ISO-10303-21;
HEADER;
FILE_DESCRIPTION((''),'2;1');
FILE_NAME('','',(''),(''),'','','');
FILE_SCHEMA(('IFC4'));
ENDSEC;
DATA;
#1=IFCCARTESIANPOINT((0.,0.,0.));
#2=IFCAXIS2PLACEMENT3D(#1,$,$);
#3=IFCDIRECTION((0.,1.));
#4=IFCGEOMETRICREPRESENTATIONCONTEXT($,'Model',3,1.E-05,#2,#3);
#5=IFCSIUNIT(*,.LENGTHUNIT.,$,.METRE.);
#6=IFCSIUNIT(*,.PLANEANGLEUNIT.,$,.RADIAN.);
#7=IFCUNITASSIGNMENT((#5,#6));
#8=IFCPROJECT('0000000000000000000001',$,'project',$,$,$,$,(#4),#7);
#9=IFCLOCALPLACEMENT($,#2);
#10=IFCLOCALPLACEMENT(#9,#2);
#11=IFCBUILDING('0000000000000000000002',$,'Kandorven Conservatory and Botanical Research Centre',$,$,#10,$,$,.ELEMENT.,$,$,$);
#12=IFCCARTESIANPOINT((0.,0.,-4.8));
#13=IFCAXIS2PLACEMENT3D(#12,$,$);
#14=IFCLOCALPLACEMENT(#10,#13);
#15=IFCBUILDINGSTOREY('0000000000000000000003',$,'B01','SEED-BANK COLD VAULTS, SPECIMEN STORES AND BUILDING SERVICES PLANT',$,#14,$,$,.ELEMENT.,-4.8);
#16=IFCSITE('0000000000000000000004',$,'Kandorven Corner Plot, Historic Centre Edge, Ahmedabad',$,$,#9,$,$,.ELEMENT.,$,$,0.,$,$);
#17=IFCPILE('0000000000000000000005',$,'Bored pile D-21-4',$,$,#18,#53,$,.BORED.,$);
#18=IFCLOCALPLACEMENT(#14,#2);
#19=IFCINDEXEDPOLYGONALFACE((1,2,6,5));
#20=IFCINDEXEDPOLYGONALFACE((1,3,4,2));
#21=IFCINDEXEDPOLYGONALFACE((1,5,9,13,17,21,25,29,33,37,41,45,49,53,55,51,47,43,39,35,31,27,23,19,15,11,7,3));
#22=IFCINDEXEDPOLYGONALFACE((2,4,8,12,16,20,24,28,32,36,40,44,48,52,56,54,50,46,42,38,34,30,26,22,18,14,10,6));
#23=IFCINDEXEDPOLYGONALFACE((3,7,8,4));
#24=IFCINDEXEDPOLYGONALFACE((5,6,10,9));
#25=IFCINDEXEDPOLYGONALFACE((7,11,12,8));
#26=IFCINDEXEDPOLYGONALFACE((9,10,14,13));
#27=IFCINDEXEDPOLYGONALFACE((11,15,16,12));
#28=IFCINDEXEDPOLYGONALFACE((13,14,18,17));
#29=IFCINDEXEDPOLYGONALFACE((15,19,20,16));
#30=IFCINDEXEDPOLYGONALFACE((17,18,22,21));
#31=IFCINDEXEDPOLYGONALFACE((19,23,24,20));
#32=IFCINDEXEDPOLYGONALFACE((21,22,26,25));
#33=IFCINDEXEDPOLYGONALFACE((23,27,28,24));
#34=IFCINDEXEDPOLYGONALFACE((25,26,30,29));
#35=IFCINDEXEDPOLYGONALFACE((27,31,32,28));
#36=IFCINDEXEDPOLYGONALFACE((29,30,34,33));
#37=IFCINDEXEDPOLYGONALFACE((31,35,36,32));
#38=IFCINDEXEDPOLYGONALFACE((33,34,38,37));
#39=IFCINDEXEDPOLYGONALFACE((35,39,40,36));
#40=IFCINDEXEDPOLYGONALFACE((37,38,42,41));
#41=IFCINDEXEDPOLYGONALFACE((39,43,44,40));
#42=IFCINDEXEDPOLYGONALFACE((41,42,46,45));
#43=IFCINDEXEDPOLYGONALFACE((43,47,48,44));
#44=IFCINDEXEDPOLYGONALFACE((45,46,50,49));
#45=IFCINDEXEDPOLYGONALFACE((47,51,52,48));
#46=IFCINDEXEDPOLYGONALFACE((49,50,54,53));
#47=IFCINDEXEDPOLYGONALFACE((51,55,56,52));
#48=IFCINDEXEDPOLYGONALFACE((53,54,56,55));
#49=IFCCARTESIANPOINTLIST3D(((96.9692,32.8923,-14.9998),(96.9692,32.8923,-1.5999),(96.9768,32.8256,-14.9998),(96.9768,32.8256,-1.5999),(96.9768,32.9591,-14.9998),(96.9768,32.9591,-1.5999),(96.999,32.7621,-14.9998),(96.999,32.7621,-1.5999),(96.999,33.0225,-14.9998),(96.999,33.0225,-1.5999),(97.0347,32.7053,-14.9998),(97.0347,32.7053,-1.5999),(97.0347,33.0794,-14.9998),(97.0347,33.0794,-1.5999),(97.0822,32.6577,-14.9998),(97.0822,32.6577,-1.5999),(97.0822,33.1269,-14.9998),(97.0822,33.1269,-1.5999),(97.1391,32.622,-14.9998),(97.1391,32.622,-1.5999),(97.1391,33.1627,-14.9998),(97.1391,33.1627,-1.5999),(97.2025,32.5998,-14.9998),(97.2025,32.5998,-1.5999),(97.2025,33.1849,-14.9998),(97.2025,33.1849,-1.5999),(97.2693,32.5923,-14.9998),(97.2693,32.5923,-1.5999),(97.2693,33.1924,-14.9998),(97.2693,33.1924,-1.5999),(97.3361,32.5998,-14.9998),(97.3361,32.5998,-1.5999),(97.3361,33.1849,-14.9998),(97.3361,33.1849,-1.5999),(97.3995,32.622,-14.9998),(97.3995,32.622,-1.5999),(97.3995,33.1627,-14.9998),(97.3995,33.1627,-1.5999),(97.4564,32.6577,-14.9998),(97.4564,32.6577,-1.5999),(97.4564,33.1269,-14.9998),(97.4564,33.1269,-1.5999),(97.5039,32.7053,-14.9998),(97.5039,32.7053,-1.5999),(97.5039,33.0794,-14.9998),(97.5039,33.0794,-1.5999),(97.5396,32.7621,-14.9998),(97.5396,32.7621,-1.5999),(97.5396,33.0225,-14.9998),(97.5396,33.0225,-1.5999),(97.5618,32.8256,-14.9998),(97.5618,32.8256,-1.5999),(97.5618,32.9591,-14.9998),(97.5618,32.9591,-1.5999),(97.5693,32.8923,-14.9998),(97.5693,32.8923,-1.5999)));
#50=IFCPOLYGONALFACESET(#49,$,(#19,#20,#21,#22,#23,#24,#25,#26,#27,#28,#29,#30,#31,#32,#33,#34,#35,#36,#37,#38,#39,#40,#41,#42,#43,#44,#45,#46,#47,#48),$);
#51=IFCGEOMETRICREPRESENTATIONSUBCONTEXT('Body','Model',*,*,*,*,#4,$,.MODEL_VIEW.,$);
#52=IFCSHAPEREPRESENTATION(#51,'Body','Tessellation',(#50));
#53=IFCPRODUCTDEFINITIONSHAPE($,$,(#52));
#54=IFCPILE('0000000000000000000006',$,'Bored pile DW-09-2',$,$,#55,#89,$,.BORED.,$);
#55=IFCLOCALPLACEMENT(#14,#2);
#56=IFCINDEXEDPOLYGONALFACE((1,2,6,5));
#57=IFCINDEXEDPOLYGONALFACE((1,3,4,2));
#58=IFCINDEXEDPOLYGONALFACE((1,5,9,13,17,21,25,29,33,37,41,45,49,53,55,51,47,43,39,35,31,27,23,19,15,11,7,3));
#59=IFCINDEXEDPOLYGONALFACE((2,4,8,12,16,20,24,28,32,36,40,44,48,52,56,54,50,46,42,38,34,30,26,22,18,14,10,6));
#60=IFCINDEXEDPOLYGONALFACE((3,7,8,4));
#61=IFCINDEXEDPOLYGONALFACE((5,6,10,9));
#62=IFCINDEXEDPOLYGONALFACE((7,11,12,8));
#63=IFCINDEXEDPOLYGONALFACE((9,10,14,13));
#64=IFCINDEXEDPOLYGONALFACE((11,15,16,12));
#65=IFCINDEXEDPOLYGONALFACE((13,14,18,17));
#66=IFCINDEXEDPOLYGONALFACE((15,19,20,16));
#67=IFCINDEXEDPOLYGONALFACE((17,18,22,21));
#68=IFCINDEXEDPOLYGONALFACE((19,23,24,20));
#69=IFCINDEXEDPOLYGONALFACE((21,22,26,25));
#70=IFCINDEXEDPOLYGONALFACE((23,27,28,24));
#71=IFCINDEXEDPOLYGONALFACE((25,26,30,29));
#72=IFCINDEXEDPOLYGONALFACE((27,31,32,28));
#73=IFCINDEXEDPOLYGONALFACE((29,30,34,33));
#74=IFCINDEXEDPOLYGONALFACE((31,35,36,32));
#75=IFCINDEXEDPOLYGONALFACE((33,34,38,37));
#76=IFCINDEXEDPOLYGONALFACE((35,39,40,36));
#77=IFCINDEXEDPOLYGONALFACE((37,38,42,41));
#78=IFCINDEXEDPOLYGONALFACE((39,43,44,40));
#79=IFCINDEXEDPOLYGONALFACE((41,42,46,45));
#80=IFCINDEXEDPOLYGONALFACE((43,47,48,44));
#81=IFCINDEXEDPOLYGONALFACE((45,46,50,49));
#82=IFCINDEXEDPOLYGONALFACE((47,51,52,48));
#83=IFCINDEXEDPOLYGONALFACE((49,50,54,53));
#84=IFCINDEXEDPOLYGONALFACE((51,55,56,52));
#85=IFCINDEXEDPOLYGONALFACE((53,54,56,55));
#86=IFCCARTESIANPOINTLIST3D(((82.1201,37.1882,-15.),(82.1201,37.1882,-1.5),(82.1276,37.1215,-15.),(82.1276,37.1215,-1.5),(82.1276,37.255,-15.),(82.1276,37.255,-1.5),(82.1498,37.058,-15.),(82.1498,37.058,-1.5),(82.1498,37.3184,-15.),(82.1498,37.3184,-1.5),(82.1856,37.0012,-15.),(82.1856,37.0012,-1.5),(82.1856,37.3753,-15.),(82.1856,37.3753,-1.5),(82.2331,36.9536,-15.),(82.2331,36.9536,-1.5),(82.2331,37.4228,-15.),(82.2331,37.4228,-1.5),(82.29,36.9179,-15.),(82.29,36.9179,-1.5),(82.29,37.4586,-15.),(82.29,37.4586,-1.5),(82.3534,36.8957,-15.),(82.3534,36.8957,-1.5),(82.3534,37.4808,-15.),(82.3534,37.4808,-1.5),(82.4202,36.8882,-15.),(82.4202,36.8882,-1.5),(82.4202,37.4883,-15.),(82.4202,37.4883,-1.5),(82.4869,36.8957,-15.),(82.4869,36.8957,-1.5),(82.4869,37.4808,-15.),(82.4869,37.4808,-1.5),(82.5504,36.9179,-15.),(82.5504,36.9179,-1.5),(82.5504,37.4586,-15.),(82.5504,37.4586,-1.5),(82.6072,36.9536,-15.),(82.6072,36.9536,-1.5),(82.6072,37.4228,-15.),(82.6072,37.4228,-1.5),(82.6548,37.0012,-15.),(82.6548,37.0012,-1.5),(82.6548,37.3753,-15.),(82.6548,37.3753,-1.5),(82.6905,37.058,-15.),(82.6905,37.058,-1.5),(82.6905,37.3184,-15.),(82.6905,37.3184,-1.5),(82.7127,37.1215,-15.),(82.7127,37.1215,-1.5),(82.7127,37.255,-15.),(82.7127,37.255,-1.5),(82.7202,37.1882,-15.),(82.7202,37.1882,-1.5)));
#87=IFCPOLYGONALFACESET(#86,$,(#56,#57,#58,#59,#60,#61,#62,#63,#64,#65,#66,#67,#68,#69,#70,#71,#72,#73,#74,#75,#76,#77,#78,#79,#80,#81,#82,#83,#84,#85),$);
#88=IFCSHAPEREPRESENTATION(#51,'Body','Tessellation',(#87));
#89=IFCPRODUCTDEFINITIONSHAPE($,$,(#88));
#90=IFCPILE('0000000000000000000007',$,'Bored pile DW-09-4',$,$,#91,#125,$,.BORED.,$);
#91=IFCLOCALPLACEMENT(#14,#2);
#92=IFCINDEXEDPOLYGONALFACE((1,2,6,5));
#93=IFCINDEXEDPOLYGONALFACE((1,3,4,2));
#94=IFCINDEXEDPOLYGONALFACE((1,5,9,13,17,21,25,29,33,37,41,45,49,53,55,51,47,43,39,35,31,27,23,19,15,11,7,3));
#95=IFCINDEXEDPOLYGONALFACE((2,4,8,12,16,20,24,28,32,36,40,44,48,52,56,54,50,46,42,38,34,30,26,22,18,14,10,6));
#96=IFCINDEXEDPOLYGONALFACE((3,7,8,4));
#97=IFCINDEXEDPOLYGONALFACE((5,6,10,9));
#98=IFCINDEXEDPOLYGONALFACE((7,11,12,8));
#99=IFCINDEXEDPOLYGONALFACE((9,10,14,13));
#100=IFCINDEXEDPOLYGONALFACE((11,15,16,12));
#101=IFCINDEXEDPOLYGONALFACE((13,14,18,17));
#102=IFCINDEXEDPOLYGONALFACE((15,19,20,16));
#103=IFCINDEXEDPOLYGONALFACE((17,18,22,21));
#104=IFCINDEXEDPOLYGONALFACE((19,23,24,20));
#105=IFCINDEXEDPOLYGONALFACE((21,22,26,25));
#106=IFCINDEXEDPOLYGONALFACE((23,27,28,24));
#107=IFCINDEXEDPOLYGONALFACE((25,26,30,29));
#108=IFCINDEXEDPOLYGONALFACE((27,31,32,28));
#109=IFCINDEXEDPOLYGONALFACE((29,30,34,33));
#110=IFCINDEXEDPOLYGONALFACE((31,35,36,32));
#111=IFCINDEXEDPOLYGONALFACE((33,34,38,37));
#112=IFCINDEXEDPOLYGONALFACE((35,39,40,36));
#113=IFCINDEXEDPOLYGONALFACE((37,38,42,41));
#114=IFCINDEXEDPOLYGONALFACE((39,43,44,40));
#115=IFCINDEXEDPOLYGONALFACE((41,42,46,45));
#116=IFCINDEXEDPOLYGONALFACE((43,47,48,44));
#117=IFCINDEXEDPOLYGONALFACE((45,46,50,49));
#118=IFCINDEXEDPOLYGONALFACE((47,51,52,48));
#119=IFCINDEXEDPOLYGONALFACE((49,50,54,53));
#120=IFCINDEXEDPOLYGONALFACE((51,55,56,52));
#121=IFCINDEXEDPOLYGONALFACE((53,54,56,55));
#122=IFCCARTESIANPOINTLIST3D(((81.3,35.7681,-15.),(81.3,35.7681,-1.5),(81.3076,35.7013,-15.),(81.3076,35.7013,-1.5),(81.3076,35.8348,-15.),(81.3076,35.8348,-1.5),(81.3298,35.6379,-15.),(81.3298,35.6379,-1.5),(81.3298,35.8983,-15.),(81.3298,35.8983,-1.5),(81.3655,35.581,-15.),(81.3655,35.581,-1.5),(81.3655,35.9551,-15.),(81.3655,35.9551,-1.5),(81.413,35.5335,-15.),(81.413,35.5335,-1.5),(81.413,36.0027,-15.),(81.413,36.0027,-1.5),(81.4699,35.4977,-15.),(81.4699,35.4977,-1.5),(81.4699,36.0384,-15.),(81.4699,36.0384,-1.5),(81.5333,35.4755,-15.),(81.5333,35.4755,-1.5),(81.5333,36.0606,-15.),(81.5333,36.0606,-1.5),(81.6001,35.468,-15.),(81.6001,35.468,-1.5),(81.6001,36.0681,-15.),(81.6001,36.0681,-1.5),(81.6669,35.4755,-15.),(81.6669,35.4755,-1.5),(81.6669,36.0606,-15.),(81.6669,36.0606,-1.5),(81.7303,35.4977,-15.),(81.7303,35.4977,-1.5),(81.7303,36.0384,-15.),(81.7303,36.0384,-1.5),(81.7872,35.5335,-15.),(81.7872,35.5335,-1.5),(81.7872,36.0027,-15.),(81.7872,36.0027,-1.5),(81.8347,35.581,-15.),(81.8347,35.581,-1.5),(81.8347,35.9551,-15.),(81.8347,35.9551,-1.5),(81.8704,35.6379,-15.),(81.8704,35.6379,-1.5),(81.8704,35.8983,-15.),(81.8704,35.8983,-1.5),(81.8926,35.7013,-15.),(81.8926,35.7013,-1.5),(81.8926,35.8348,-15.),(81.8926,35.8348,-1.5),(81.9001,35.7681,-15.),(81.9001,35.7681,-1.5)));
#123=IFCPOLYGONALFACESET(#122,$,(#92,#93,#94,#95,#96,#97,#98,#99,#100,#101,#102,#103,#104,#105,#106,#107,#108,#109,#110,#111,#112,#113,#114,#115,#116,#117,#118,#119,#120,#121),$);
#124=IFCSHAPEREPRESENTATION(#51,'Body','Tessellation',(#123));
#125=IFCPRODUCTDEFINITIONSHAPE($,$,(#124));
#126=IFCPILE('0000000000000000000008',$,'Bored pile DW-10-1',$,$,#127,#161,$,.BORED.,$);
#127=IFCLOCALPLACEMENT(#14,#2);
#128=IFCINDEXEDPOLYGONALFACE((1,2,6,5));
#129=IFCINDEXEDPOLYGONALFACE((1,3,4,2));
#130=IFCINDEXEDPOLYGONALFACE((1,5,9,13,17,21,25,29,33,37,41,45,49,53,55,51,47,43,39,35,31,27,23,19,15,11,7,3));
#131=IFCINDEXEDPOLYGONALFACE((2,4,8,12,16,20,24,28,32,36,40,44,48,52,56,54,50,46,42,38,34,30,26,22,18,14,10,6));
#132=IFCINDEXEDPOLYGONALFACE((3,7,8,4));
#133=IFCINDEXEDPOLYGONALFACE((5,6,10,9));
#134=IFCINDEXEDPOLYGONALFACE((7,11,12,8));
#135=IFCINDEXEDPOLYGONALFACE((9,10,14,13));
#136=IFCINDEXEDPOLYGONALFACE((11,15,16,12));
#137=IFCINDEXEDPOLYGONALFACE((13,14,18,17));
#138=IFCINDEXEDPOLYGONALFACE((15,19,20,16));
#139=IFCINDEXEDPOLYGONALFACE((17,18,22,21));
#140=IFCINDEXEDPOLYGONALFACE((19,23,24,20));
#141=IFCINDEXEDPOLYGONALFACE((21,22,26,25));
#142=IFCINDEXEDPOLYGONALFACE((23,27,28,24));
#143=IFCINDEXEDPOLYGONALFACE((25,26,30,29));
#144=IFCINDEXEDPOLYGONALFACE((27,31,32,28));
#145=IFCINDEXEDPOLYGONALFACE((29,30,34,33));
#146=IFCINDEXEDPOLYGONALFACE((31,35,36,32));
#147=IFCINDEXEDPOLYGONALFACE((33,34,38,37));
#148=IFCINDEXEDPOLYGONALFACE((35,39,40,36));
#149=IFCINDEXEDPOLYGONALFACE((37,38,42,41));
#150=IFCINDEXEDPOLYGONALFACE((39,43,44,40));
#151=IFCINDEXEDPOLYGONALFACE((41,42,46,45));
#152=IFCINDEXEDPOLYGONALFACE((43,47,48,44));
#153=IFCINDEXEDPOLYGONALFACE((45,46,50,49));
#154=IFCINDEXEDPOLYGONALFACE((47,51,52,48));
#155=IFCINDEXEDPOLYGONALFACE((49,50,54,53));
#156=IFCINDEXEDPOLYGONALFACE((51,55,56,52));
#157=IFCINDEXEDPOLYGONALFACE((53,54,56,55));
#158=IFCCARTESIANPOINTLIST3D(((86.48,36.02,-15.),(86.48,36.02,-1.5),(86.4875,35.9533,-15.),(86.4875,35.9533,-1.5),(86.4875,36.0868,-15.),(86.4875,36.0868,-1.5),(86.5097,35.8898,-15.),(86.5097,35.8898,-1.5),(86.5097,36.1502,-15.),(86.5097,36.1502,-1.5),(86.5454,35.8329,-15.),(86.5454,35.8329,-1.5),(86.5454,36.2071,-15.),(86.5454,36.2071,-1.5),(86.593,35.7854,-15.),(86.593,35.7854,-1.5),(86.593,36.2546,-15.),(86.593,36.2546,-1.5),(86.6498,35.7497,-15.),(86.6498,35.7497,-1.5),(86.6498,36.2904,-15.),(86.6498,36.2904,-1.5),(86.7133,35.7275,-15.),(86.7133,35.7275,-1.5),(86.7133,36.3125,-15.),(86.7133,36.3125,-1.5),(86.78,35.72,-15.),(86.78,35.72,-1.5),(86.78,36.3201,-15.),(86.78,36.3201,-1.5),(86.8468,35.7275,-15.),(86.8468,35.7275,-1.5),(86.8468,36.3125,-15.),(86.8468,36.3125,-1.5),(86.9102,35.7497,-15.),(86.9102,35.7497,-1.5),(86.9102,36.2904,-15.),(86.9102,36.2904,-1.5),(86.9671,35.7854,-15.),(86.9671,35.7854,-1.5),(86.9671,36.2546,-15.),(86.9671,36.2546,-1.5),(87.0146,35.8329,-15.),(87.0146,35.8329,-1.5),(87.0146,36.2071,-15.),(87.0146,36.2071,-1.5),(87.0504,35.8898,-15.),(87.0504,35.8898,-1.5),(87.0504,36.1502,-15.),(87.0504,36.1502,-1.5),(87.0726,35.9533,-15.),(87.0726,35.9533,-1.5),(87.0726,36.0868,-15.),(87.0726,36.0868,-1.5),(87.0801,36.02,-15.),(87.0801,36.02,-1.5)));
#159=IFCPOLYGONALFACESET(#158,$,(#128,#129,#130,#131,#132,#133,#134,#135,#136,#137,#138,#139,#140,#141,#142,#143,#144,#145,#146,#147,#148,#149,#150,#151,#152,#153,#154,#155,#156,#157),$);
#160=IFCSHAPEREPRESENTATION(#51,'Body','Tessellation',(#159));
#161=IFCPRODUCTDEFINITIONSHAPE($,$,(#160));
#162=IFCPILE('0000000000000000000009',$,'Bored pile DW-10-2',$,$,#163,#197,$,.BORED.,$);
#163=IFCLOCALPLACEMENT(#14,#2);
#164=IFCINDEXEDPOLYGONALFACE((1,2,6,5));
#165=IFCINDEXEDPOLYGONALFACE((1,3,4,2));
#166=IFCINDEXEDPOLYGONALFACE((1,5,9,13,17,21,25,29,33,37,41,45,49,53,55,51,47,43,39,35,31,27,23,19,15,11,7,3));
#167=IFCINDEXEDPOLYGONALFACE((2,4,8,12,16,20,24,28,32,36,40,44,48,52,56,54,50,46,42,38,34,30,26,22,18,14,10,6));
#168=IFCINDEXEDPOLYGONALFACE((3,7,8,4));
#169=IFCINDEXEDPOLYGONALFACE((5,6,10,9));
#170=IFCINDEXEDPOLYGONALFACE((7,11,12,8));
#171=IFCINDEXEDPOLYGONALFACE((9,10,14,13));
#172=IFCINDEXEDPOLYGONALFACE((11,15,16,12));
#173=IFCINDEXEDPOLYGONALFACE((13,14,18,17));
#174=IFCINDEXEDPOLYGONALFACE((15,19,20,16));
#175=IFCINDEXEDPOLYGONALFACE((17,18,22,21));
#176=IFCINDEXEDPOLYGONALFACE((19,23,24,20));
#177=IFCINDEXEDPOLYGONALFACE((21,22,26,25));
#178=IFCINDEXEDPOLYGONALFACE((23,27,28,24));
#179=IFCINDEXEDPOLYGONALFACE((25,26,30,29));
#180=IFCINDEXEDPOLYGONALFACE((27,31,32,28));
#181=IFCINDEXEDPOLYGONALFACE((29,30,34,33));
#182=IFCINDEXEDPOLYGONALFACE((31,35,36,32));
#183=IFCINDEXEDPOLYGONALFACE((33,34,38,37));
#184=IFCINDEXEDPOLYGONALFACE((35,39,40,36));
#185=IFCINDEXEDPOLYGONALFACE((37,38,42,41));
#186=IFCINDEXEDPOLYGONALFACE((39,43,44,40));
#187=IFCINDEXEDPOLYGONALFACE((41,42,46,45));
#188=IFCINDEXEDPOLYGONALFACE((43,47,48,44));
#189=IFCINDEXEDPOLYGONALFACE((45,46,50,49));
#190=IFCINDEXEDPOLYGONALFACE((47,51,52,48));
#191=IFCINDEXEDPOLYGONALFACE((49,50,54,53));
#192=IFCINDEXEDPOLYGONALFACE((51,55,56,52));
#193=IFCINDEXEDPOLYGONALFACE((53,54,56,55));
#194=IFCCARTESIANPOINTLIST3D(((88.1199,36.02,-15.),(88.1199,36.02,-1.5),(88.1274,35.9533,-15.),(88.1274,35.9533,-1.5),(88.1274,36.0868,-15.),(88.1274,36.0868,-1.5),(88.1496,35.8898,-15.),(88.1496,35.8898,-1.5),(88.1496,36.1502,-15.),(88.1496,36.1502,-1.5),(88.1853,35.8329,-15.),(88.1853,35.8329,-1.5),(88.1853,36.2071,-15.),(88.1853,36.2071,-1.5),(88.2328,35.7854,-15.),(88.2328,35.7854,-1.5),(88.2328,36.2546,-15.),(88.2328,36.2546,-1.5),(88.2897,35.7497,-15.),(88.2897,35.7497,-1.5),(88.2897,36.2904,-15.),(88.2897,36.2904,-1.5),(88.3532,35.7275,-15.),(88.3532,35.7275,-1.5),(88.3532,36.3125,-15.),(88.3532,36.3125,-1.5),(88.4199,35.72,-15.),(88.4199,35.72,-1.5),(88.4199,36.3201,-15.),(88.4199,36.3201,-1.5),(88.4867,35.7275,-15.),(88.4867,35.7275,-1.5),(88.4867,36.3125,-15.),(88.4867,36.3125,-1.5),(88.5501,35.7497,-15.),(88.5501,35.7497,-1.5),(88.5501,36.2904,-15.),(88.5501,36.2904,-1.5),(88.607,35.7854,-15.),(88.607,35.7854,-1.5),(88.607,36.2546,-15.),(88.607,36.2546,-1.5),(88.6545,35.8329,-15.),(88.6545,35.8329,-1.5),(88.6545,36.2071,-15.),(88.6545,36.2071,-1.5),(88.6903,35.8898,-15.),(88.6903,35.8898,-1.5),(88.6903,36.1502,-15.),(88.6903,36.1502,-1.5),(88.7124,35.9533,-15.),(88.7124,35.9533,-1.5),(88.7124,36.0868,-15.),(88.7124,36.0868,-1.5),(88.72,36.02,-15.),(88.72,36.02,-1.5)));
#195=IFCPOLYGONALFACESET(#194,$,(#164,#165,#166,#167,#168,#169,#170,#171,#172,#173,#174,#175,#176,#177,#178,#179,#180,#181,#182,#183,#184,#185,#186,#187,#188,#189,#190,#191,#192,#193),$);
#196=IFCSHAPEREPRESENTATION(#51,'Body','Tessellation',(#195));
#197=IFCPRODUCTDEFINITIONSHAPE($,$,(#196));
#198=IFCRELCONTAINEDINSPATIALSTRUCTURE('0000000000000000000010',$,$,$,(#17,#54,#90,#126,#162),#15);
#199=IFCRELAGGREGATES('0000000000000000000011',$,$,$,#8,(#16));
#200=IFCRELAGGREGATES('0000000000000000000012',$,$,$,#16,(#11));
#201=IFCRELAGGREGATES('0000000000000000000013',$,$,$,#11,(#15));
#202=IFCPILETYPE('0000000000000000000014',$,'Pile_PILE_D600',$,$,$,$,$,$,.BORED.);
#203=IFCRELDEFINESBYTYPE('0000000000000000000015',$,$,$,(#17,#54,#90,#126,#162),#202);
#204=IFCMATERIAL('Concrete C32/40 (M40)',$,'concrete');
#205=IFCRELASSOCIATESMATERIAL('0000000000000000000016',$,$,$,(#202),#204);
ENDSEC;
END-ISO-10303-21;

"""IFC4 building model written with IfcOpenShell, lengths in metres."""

from ifc_helpers import new_model, si_unit, direction, frame, origin, origin_2d, place, context, subcontext, project, spatial, circle, extrude, material, material_profile, profile_set, type_object, element, save


model = new_model("IFC4")

# Units and contexts
model_context = context("Model", 3, precision=1e-05, world=origin(), true_north=direction((0.0, 1.0)))
body_context = subcontext(model_context, "Body", "Model", "MODEL_VIEW")
ifc_project = project(units=[si_unit("LENGTHUNIT", "METRE"), si_unit("PLANEANGLEUNIT", "RADIAN")], contexts=[model_context])

# Site, building, storey
site_placement = place(None, origin())
site = spatial("IfcSite", under=ifc_project, at=site_placement, Name="Kandorven Corner Plot, Historic Centre Edge, Ahmedabad", CompositionType="ELEMENT", RefElevation=0.0)
building_placement = place(site_placement, origin())
building = spatial("IfcBuilding", under=site, at=building_placement, Name="Kandorven Conservatory and Botanical Research Centre", CompositionType="ELEMENT")
storey_placement = place(building_placement, frame((0.0, 0.0, -4.8)))
storey = spatial("IfcBuildingStorey", under=building, at=storey_placement, Name="B01", Description="SEED-BANK COLD VAULTS, SPECIMEN STORES AND BUILDING SERVICES PLANT", CompositionType="ELEMENT", Elevation=-4.8)

# Piles
ifc_material_1 = material(Name="Concrete C32/40 (M40)", Category="concrete")
ifc_material_profile_1 = material_profile(ifc_material_1, circle(Radius=0.3, at=origin_2d()))
ifc_profile_set_1 = profile_set([ifc_material_profile_1], Name="Concrete C32/40 (M40)")
pile_type = type_object("IfcPileType", Name="Pile_PILE_D600", PredefinedType="BORED", material=ifc_profile_set_1)
for number, where, z_axis, x_axis, name in (
    (1, (97.2693, 32.8923, -1.5999), (0.0, 0.0, -1.0), (1.0, 0.0, 0.0), "Bored pile D-21-4"),
):
    element("IfcPile", number, at=place(storey_placement, frame(where, z_axis=z_axis, x_axis=x_axis)), inside=storey, type_object=pile_type, Name=name, PredefinedType="BORED", context=body_context, shape_type="SweptSolid", body=[
        extrude(circle(Radius=0.3, at=origin_2d()), origin(), (0.0, 0.0, 1.0), 13.3999),
    ])
for number, where, z_axis, x_axis, name in (
    (2, (82.4202, 37.1882, -1.5), (0.0, 0.0, -1.0), (1.0, 0.0, 0.0), "Bored pile DW-09-2"),
    (3, (81.6001, 35.7681, -1.5), (0.0, 0.0, -1.0), (1.0, 0.0, 0.0), "Bored pile DW-09-4"),
    (4, (86.78, 36.02, -1.5), (0.0, 0.0, -1.0), (1.0, 0.0, 0.0), "Bored pile DW-10-1"),
    (5, (88.4199, 36.02, -1.5), (0.0, 0.0, -1.0), (1.0, 0.0, 0.0), "Bored pile DW-10-2"),
):
    element("IfcPile", number, at=place(storey_placement, frame(where, z_axis=z_axis, x_axis=x_axis)), inside=storey, type_object=pile_type, Name=name, PredefinedType="BORED", context=body_context, shape_type="SweptSolid", body=[
        extrude(circle(Radius=0.3, at=origin_2d()), origin(), (0.0, 0.0, 1.0), 13.5),
    ])

save(model, "model.ifc")
